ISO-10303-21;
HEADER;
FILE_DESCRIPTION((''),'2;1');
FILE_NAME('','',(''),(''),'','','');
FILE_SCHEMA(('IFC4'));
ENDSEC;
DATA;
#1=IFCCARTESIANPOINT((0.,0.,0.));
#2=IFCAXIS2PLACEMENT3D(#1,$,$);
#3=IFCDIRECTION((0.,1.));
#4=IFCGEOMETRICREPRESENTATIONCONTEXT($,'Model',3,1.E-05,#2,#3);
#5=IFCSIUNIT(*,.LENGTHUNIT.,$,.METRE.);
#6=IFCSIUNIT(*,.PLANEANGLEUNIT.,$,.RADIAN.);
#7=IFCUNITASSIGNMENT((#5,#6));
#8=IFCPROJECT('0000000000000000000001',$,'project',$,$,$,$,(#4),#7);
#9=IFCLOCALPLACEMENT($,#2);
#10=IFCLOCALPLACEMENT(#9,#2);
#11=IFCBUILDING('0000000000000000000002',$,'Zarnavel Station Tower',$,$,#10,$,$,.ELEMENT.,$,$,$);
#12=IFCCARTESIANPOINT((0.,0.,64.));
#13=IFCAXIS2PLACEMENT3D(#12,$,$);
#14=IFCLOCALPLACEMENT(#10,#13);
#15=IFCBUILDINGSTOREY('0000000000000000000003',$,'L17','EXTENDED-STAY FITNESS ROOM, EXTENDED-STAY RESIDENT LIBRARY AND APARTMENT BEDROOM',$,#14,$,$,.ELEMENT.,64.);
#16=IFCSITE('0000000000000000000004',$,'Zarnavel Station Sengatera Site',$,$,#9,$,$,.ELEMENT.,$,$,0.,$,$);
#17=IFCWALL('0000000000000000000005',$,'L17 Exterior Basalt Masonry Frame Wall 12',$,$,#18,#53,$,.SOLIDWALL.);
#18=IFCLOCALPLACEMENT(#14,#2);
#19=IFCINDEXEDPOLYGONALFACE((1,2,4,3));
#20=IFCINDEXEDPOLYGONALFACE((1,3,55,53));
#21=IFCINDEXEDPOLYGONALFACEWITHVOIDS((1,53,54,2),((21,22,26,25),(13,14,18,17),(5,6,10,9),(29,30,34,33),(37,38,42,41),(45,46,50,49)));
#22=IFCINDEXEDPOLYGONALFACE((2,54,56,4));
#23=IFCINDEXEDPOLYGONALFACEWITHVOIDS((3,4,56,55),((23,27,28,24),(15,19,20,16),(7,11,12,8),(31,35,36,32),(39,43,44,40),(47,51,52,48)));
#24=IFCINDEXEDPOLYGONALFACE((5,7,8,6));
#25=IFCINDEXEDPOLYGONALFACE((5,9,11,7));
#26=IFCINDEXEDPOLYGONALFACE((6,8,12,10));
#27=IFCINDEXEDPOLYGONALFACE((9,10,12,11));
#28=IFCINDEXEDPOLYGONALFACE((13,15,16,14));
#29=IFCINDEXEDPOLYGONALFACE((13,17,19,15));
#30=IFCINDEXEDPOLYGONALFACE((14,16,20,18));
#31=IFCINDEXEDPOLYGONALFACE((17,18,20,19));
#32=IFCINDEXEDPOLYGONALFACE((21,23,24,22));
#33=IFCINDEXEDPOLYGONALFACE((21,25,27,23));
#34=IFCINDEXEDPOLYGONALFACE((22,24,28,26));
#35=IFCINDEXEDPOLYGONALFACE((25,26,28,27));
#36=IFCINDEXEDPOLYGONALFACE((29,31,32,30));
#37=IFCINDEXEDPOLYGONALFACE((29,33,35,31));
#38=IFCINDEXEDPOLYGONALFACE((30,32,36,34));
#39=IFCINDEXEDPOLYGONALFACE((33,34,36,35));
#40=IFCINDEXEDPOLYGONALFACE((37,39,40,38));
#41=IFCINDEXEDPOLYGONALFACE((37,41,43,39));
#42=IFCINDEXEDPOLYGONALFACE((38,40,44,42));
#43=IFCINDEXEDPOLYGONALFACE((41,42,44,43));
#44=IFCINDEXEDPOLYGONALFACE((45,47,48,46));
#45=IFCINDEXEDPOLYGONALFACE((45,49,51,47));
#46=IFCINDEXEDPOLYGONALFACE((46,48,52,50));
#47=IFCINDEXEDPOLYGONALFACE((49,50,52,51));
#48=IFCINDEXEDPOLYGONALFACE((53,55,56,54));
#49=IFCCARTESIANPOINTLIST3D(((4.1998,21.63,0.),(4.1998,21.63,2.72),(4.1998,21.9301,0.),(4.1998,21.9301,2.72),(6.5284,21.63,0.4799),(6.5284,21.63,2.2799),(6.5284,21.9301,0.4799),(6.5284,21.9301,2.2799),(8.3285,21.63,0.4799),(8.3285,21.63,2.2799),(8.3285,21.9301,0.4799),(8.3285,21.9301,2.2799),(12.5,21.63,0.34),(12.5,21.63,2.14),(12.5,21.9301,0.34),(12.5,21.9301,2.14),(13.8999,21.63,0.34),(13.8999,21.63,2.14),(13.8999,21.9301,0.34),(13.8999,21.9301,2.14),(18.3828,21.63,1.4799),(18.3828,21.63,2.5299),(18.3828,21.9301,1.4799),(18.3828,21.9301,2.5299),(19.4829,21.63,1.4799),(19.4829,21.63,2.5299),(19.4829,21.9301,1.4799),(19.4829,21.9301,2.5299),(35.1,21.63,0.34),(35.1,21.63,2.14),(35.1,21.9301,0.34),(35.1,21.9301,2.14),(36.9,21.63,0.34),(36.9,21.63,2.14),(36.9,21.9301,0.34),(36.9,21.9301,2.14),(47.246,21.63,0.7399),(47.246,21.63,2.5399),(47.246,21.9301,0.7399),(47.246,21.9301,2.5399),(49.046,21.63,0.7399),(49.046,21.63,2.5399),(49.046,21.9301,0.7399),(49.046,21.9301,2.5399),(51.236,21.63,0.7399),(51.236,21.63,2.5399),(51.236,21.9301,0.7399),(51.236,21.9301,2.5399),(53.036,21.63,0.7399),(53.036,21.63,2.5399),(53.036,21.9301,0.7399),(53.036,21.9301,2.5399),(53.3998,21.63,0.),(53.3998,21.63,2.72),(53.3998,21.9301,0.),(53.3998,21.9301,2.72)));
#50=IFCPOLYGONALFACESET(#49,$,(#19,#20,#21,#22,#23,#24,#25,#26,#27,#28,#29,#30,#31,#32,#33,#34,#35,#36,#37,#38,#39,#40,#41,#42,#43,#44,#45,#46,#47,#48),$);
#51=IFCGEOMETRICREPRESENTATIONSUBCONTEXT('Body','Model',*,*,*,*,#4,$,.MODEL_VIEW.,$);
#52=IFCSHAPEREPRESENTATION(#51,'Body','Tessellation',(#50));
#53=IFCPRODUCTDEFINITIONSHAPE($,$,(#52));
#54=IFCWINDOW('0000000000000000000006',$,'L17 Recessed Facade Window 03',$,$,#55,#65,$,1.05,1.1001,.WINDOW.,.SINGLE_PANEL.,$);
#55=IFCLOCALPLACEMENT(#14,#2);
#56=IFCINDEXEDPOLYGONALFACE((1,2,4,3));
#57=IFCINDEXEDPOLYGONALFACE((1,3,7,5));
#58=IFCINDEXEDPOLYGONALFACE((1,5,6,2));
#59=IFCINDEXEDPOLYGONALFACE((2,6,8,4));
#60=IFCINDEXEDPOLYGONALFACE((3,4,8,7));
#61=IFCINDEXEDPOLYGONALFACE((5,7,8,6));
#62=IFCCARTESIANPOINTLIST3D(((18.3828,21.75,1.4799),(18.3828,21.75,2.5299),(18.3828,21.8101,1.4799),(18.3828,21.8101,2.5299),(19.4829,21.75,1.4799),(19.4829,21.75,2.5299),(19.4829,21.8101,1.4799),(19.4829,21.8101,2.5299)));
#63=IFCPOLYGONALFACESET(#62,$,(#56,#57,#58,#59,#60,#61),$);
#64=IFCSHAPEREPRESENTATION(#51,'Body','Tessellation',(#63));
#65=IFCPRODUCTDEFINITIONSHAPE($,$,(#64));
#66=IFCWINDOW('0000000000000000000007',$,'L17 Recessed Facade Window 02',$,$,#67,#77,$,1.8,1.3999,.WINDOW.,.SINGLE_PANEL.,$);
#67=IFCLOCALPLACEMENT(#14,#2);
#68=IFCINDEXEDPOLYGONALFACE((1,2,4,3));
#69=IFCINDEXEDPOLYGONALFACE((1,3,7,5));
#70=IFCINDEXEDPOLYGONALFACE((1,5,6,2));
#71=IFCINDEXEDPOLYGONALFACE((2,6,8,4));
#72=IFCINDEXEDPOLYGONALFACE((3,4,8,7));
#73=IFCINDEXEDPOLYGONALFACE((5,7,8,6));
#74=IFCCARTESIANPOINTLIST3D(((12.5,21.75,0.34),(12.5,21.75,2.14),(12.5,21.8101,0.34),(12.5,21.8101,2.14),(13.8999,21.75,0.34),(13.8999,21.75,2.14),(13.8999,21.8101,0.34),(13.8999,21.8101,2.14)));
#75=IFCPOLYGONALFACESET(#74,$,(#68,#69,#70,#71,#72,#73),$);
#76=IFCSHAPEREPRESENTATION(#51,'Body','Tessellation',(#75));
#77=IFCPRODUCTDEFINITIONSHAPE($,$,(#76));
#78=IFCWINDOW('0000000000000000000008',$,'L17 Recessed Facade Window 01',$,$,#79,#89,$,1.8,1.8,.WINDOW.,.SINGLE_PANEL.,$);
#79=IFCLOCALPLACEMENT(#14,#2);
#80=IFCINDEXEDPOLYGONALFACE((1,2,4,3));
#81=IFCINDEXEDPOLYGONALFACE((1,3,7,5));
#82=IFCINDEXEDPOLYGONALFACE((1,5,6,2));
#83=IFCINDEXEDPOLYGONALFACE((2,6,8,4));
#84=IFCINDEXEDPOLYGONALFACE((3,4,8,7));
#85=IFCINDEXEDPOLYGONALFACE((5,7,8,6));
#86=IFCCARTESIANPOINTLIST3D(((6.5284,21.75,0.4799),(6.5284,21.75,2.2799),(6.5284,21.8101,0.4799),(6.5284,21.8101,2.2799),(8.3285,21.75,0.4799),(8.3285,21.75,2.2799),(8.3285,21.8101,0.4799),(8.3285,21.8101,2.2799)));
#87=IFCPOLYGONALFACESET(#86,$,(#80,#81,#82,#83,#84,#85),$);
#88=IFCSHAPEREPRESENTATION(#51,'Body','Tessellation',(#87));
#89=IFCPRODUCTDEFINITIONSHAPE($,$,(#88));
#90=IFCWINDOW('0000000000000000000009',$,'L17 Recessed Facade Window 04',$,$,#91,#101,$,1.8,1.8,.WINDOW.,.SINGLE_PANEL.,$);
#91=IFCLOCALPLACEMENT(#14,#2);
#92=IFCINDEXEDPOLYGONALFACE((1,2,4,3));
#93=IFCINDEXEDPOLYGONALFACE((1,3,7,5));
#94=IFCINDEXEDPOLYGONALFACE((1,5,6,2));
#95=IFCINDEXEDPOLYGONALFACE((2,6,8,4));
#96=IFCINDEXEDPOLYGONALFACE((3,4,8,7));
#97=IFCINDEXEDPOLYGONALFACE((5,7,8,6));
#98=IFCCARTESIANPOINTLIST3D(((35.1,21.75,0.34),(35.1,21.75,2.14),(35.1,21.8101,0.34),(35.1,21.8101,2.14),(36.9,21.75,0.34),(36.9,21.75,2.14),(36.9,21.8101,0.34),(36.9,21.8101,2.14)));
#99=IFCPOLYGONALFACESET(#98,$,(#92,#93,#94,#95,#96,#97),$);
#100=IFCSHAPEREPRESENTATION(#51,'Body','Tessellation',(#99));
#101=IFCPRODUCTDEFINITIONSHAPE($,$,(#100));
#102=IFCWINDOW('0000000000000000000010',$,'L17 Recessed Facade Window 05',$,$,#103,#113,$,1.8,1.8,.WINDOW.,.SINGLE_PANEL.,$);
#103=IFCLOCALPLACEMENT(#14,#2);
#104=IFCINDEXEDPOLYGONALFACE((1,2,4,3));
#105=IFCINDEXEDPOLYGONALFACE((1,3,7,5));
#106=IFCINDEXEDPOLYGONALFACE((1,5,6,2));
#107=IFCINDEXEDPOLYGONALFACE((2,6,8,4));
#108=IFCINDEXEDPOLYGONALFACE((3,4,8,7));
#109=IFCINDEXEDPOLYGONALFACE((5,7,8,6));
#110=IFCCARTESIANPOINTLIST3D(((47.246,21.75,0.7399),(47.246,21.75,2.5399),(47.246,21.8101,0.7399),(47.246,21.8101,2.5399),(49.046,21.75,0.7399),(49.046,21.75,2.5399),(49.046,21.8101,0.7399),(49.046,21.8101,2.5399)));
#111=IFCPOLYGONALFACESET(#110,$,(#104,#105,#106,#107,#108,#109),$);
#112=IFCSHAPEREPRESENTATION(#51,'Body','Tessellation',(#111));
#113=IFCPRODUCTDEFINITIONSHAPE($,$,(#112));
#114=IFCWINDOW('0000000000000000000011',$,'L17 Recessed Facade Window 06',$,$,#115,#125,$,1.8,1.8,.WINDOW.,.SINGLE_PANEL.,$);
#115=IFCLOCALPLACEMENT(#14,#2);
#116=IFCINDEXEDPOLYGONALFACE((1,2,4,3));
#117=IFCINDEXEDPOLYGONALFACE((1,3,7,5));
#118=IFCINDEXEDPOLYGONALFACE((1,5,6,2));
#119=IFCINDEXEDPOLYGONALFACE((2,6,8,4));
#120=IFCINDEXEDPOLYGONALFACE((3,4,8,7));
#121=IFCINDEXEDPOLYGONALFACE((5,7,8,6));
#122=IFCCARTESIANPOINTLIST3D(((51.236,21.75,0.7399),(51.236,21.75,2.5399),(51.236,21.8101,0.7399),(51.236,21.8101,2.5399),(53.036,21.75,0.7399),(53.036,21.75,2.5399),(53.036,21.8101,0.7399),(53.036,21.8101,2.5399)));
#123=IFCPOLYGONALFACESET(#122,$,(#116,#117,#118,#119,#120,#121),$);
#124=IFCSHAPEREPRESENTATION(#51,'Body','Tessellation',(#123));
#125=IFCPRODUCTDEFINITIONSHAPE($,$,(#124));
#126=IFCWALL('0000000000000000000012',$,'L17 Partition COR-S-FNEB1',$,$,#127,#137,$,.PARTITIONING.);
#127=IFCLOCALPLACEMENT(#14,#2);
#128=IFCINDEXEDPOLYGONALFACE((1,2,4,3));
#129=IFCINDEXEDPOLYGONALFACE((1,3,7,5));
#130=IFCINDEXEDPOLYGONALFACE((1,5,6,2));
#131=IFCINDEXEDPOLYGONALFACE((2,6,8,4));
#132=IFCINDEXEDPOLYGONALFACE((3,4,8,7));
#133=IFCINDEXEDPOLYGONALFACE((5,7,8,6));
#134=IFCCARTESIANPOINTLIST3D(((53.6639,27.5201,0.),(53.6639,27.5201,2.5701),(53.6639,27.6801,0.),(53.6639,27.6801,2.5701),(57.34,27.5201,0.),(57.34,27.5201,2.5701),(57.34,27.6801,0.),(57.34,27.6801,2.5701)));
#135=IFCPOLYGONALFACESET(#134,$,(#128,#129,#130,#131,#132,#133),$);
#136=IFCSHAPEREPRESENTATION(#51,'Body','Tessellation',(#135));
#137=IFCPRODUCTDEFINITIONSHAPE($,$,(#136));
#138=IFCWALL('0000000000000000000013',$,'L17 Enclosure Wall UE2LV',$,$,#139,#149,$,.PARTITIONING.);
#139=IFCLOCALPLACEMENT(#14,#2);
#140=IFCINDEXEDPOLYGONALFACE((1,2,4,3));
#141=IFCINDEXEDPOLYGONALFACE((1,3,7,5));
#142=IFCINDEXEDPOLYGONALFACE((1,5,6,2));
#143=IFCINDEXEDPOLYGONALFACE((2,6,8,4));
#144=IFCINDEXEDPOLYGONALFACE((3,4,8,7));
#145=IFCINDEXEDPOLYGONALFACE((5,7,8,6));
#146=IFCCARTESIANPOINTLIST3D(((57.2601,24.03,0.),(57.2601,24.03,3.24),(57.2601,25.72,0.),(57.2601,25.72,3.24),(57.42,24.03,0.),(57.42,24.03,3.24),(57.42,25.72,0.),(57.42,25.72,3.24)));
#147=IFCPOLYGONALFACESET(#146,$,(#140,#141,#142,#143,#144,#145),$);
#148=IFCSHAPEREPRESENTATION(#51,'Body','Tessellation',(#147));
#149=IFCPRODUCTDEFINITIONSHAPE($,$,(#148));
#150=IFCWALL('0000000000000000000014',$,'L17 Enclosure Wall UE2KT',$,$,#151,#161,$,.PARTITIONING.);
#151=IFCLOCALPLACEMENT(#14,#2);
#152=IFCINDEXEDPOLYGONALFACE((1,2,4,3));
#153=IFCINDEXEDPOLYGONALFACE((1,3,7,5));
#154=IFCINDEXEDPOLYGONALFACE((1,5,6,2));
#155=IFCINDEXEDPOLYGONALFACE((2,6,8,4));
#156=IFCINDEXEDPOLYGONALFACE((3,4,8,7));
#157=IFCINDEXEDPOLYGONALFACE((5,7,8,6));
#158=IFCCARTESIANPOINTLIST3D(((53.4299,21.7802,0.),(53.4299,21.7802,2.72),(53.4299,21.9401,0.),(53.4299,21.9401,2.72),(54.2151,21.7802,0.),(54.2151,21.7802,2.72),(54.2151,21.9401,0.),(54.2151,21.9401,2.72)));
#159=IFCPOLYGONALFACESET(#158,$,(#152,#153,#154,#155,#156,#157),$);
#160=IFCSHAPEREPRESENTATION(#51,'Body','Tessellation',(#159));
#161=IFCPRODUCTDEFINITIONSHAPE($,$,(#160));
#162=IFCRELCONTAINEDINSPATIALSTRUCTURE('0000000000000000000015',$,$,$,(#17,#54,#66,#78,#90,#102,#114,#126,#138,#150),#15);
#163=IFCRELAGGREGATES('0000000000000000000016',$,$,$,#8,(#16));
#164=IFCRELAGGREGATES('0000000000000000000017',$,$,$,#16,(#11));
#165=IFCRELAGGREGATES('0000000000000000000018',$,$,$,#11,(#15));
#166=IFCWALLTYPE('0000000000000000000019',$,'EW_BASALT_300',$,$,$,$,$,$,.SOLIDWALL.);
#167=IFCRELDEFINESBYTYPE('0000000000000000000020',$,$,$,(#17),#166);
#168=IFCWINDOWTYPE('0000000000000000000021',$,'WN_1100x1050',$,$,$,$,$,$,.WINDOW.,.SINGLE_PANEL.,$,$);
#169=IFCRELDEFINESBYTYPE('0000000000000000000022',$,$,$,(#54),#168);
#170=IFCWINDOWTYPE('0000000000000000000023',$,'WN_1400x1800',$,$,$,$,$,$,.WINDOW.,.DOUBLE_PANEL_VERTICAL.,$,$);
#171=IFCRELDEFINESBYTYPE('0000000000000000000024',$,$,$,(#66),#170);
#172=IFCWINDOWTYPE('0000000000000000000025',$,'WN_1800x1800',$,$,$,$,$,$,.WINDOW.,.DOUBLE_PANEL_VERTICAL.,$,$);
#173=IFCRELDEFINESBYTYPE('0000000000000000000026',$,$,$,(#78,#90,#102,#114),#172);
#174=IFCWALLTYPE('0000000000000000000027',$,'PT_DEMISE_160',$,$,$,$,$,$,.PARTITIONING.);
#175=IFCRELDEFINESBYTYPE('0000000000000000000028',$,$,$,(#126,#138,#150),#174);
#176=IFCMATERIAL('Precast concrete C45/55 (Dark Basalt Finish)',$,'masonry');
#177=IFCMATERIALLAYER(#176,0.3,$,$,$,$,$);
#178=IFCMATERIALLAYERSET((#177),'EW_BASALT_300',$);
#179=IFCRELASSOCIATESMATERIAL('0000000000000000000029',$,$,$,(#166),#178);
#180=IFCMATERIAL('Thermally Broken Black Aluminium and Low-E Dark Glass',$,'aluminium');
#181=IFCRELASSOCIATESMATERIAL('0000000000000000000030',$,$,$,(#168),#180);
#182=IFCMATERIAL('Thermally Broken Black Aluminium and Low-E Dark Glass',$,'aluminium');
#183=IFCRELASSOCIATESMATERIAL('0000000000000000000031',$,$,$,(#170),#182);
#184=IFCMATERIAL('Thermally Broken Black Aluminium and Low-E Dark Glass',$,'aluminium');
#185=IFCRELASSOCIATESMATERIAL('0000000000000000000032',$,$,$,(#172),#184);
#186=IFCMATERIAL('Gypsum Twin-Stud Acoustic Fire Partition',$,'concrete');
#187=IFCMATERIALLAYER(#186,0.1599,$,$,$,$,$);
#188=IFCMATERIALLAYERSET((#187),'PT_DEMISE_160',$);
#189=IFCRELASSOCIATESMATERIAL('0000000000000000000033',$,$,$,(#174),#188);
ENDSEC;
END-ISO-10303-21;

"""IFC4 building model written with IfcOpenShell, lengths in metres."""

from ifc_helpers import new_model, si_unit, direction, frame, frame_2d, origin, place, context, subcontext, project, spatial, rectangle, extrude, material, layer, layer_set, type_object, element, fill, save


model = new_model("IFC4")

# Units and contexts
model_context = context("Model", 3, precision=1e-05, world=origin(), true_north=direction((0.0, 1.0)))
body_context = subcontext(model_context, "Body", "Model", "MODEL_VIEW")
ifc_project = project(units=[si_unit("LENGTHUNIT", "METRE"), si_unit("PLANEANGLEUNIT", "RADIAN")], contexts=[model_context])

# Site, building, storey
site_placement = place(None, origin())
site = spatial("IfcSite", under=ifc_project, at=site_placement, Name="Zarnavel Station Sengatera Site", CompositionType="ELEMENT", RefElevation=0.0)
building_placement = place(site_placement, origin())
building = spatial("IfcBuilding", under=site, at=building_placement, Name="Zarnavel Station Tower", CompositionType="ELEMENT")
storey_placement = place(building_placement, frame((0.0, 0.0, 64.0)))
storey = spatial("IfcBuildingStorey", under=building, at=storey_placement, Name="L17", Description="EXTENDED-STAY FITNESS ROOM, EXTENDED-STAY RESIDENT LIBRARY AND APARTMENT BEDROOM", CompositionType="ELEMENT", Elevation=64.0)

# Shared definitions
ifc_material_1 = material(Name="Precast concrete C45/55 (Dark Basalt Finish)", Category="masonry")
ifc_layer_1 = layer(ifc_material_1, 0.3)
ifc_layer_set_1 = layer_set([ifc_layer_1], Name="EW_BASALT_300")
wall_type_1 = type_object("IfcWallType", Name="EW_BASALT_300", PredefinedType="SOLIDWALL", material=ifc_layer_set_1)

# Wall, openings, windows
wall_1_placement = place(storey_placement, frame((53.3999, 21.78, 0.0), z_axis=(0.0, 0.0, 1.0), x_axis=(-1.0, 0.0, 0.0)))
wall_1 = element("IfcWall", 1, at=wall_1_placement, inside=storey, type_object=wall_type_1, Name="L17 Exterior Basalt Masonry Frame Wall 12", PredefinedType="SOLIDWALL", context=body_context, shape_type="SweptSolid", body=[
    extrude(rectangle(XDim=49.2, YDim=0.3, at=frame_2d((24.6001, 0.0))), origin(), (0.0, 0.0, 1.0), 2.72),
])
opening_1_placement = place(wall_1_placement, frame((45.0715, 0.0, 0.48)))
opening_1 = element("IfcOpeningElement", 2, at=opening_1_placement, cuts=wall_1, PredefinedType="OPENING", context=body_context, shape_type="SweptSolid", body=[
    extrude(rectangle(XDim=1.8, YDim=1.8, at=frame_2d((0.8999, 0.8999))), frame((0.0, 0.1599, 0.0), z_axis=(0.0, -1.0, 0.0), x_axis=(1.0, 0.0, 0.0)), (0.0, 0.0, 1.0), 0.3201),
])
opening_2_placement = place(wall_1_placement, frame((39.5, 0.0, 0.3401)))
opening_2 = element("IfcOpeningElement", 3, at=opening_2_placement, cuts=wall_1, PredefinedType="OPENING", context=body_context, shape_type="SweptSolid", body=[
    extrude(rectangle(XDim=1.3999, YDim=1.8, at=frame_2d((0.7, 0.8999))), frame((0.0, 0.1599, 0.0), z_axis=(0.0, -1.0, 0.0), x_axis=(1.0, 0.0, 0.0)), (0.0, 0.0, 1.0), 0.3201),
])
opening_3_placement = place(wall_1_placement, frame((33.917, 0.0, 1.48)))
opening_3 = element("IfcOpeningElement", 4, at=opening_3_placement, cuts=wall_1, PredefinedType="OPENING", context=body_context, shape_type="SweptSolid", body=[
    extrude(rectangle(XDim=1.1001, YDim=1.05, at=frame_2d((0.55, 0.5249))), frame((0.0, 0.1599, 0.0), z_axis=(0.0, -1.0, 0.0), x_axis=(1.0, 0.0, 0.0)), (0.0, 0.0, 1.0), 0.3201),
])
opening_4_placement = place(wall_1_placement, frame((16.5, 0.0, 0.3401)))
opening_4 = element("IfcOpeningElement", 5, at=opening_4_placement, cuts=wall_1, PredefinedType="OPENING", context=body_context, shape_type="SweptSolid", body=[
    extrude(rectangle(XDim=1.8, YDim=1.8, at=frame_2d((0.8999, 0.8999))), frame((0.0, 0.1599, 0.0), z_axis=(0.0, -1.0, 0.0), x_axis=(1.0, 0.0, 0.0)), (0.0, 0.0, 1.0), 0.3201),
])
opening_5_placement = place(wall_1_placement, frame((4.354, 0.0, 0.74)))
opening_5 = element("IfcOpeningElement", 6, at=opening_5_placement, cuts=wall_1, PredefinedType="OPENING", context=body_context, shape_type="SweptSolid", body=[
    extrude(rectangle(XDim=1.8, YDim=1.8, at=frame_2d((0.8999, 0.8999))), frame((0.0, 0.1599, 0.0), z_axis=(0.0, -1.0, 0.0), x_axis=(1.0, 0.0, 0.0)), (0.0, 0.0, 1.0), 0.3201),
])
opening_6_placement = place(wall_1_placement, frame((0.364, 0.0, 0.74)))
opening_6 = element("IfcOpeningElement", 7, at=opening_6_placement, cuts=wall_1, PredefinedType="OPENING", context=body_context, shape_type="SweptSolid", body=[
    extrude(rectangle(XDim=1.8, YDim=1.8, at=frame_2d((0.8999, 0.8999))), frame((0.0, 0.1599, 0.0), z_axis=(0.0, -1.0, 0.0), x_axis=(1.0, 0.0, 0.0)), (0.0, 0.0, 1.0), 0.3201),
])
ifc_material_2 = material(Name="Thermally Broken Black Aluminium and Low-E Dark Glass", Category="aluminium")
window_type_1 = type_object("IfcWindowType", Name="WN_1100x1050", PartitioningType="SINGLE_PANEL", PredefinedType="WINDOW", material=ifc_material_2)
window_1_placement = place(opening_3_placement, origin())
window_1 = element("IfcWindow", 8, at=window_1_placement, inside=storey, type_object=window_type_1, Name="L17 Recessed Facade Window 03", OverallHeight=1.05, OverallWidth=1.1001, PartitioningType="SINGLE_PANEL", PredefinedType="WINDOW", context=body_context, shape_type="SweptSolid", body=[
    extrude(rectangle(XDim=1.1001, YDim=1.05, at=frame_2d((0.55, 0.5249))), frame((0.0, 0.03, 0.0), z_axis=(0.0, -1.0, 0.0), x_axis=(1.0, 0.0, 0.0)), (0.0, 0.0, 1.0), 0.0601),
])
fill(opening_3, window_1)
ifc_material_3 = material(Name="Thermally Broken Black Aluminium and Low-E Dark Glass", Category="aluminium")
window_type_2 = type_object("IfcWindowType", Name="WN_1400x1800", PartitioningType="DOUBLE_PANEL_VERTICAL", PredefinedType="WINDOW", material=ifc_material_3)
window_2_placement = place(opening_2_placement, origin())
window_2 = element("IfcWindow", 9, at=window_2_placement, inside=storey, type_object=window_type_2, Name="L17 Recessed Facade Window 02", OverallHeight=1.8, OverallWidth=1.3999, PartitioningType="SINGLE_PANEL", PredefinedType="WINDOW", context=body_context, shape_type="SweptSolid", body=[
    extrude(rectangle(XDim=1.3999, YDim=1.8, at=frame_2d((0.7, 0.8999))), frame((0.0, 0.03, 0.0), z_axis=(0.0, -1.0, 0.0), x_axis=(1.0, 0.0, 0.0)), (0.0, 0.0, 1.0), 0.0601),
])
fill(opening_2, window_2)
ifc_material_4 = material(Name="Thermally Broken Black Aluminium and Low-E Dark Glass", Category="aluminium")
window_type_3 = type_object("IfcWindowType", Name="WN_1800x1800", PartitioningType="DOUBLE_PANEL_VERTICAL", PredefinedType="WINDOW", material=ifc_material_4)
window_3_placement = place(opening_1_placement, origin())
window_3 = element("IfcWindow", 10, at=window_3_placement, inside=storey, type_object=window_type_3, Name="L17 Recessed Facade Window 01", OverallHeight=1.8, OverallWidth=1.8, PartitioningType="SINGLE_PANEL", PredefinedType="WINDOW", context=body_context, shape_type="SweptSolid", body=[
    extrude(rectangle(XDim=1.8, YDim=1.8, at=frame_2d((0.8999, 0.8999))), frame((0.0, 0.03, 0.0), z_axis=(0.0, -1.0, 0.0), x_axis=(1.0, 0.0, 0.0)), (0.0, 0.0, 1.0), 0.0601),
])
fill(opening_1, window_3)
window_4_placement = place(opening_4_placement, origin())
window_4 = element("IfcWindow", 11, at=window_4_placement, inside=storey, type_object=window_type_3, Name="L17 Recessed Facade Window 04", OverallHeight=1.8, OverallWidth=1.8, PartitioningType="SINGLE_PANEL", PredefinedType="WINDOW", context=body_context, shape_type="SweptSolid", body=[
    extrude(rectangle(XDim=1.8, YDim=1.8, at=frame_2d((0.8999, 0.8999))), frame((0.0, 0.03, 0.0), z_axis=(0.0, -1.0, 0.0), x_axis=(1.0, 0.0, 0.0)), (0.0, 0.0, 1.0), 0.0601),
])
fill(opening_4, window_4)
window_5_placement = place(opening_5_placement, origin())
window_5 = element("IfcWindow", 12, at=window_5_placement, inside=storey, type_object=window_type_3, Name="L17 Recessed Facade Window 05", OverallHeight=1.8, OverallWidth=1.8, PartitioningType="SINGLE_PANEL", PredefinedType="WINDOW", context=body_context, shape_type="SweptSolid", body=[
    extrude(rectangle(XDim=1.8, YDim=1.8, at=frame_2d((0.8999, 0.8999))), frame((0.0, 0.03, 0.0), z_axis=(0.0, -1.0, 0.0), x_axis=(1.0, 0.0, 0.0)), (0.0, 0.0, 1.0), 0.0601),
])
fill(opening_5, window_5)
window_6_placement = place(opening_6_placement, origin())
window_6 = element("IfcWindow", 13, at=window_6_placement, inside=storey, type_object=window_type_3, Name="L17 Recessed Facade Window 06", OverallHeight=1.8, OverallWidth=1.8, PartitioningType="SINGLE_PANEL", PredefinedType="WINDOW", context=body_context, shape_type="SweptSolid", body=[
    extrude(rectangle(XDim=1.8, YDim=1.8, at=frame_2d((0.8999, 0.8999))), frame((0.0, 0.03, 0.0), z_axis=(0.0, -1.0, 0.0), x_axis=(1.0, 0.0, 0.0)), (0.0, 0.0, 1.0), 0.0601),
])
fill(opening_6, window_6)

# Shared definitions
ifc_material_5 = material(Name="Gypsum Twin-Stud Acoustic Fire Partition", Category="concrete")
ifc_layer_2 = layer(ifc_material_5, 0.1599)
ifc_layer_set_2 = layer_set([ifc_layer_2], Name="PT_DEMISE_160")
wall_type_2 = type_object("IfcWallType", Name="PT_DEMISE_160", PredefinedType="PARTITIONING", material=ifc_layer_set_2)

# Walls
wall_2_placement = place(storey_placement, frame((53.6641, 27.6001, 0.0), z_axis=(0.0, 0.0, 1.0), x_axis=(1.0, 0.0, 0.0)))
element("IfcWall", 14, at=wall_2_placement, inside=storey, type_object=wall_type_2, Name="L17 Partition COR-S-FNEB1", PredefinedType="PARTITIONING", context=body_context, shape_type="SweptSolid", body=[
    extrude(rectangle(XDim=3.676, YDim=0.1599, at=frame_2d((1.8379, 0.0))), origin(), (0.0, 0.0, 1.0), 2.5701),
])
wall_3_placement = place(storey_placement, frame((57.3401, 24.03, 0.0), z_axis=(0.0, 0.0, 1.0), x_axis=(0.0, 1.0, 0.0)))
element("IfcWall", 15, at=wall_3_placement, inside=storey, type_object=wall_type_2, Name="L17 Enclosure Wall UE2LV", PredefinedType="PARTITIONING", context=body_context, shape_type="SweptSolid", body=[
    extrude(rectangle(XDim=1.6899, YDim=0.1599, at=frame_2d((0.845, 0.0))), origin(), (0.0, 0.0, 1.0), 3.24),
])
wall_4_placement = place(storey_placement, frame((53.4299, 21.8601, 0.0), z_axis=(0.0, 0.0, 1.0), x_axis=(1.0, 0.0, 0.0)))
element("IfcWall", 16, at=wall_4_placement, inside=storey, type_object=wall_type_2, Name="L17 Enclosure Wall UE2KT", PredefinedType="PARTITIONING", context=body_context, shape_type="SweptSolid", body=[
    extrude(rectangle(XDim=0.7852, YDim=0.1599, at=frame_2d((0.3926, 0.0))), origin(), (0.0, 0.0, 1.0), 2.72),
])

save(model, "model.ifc")
